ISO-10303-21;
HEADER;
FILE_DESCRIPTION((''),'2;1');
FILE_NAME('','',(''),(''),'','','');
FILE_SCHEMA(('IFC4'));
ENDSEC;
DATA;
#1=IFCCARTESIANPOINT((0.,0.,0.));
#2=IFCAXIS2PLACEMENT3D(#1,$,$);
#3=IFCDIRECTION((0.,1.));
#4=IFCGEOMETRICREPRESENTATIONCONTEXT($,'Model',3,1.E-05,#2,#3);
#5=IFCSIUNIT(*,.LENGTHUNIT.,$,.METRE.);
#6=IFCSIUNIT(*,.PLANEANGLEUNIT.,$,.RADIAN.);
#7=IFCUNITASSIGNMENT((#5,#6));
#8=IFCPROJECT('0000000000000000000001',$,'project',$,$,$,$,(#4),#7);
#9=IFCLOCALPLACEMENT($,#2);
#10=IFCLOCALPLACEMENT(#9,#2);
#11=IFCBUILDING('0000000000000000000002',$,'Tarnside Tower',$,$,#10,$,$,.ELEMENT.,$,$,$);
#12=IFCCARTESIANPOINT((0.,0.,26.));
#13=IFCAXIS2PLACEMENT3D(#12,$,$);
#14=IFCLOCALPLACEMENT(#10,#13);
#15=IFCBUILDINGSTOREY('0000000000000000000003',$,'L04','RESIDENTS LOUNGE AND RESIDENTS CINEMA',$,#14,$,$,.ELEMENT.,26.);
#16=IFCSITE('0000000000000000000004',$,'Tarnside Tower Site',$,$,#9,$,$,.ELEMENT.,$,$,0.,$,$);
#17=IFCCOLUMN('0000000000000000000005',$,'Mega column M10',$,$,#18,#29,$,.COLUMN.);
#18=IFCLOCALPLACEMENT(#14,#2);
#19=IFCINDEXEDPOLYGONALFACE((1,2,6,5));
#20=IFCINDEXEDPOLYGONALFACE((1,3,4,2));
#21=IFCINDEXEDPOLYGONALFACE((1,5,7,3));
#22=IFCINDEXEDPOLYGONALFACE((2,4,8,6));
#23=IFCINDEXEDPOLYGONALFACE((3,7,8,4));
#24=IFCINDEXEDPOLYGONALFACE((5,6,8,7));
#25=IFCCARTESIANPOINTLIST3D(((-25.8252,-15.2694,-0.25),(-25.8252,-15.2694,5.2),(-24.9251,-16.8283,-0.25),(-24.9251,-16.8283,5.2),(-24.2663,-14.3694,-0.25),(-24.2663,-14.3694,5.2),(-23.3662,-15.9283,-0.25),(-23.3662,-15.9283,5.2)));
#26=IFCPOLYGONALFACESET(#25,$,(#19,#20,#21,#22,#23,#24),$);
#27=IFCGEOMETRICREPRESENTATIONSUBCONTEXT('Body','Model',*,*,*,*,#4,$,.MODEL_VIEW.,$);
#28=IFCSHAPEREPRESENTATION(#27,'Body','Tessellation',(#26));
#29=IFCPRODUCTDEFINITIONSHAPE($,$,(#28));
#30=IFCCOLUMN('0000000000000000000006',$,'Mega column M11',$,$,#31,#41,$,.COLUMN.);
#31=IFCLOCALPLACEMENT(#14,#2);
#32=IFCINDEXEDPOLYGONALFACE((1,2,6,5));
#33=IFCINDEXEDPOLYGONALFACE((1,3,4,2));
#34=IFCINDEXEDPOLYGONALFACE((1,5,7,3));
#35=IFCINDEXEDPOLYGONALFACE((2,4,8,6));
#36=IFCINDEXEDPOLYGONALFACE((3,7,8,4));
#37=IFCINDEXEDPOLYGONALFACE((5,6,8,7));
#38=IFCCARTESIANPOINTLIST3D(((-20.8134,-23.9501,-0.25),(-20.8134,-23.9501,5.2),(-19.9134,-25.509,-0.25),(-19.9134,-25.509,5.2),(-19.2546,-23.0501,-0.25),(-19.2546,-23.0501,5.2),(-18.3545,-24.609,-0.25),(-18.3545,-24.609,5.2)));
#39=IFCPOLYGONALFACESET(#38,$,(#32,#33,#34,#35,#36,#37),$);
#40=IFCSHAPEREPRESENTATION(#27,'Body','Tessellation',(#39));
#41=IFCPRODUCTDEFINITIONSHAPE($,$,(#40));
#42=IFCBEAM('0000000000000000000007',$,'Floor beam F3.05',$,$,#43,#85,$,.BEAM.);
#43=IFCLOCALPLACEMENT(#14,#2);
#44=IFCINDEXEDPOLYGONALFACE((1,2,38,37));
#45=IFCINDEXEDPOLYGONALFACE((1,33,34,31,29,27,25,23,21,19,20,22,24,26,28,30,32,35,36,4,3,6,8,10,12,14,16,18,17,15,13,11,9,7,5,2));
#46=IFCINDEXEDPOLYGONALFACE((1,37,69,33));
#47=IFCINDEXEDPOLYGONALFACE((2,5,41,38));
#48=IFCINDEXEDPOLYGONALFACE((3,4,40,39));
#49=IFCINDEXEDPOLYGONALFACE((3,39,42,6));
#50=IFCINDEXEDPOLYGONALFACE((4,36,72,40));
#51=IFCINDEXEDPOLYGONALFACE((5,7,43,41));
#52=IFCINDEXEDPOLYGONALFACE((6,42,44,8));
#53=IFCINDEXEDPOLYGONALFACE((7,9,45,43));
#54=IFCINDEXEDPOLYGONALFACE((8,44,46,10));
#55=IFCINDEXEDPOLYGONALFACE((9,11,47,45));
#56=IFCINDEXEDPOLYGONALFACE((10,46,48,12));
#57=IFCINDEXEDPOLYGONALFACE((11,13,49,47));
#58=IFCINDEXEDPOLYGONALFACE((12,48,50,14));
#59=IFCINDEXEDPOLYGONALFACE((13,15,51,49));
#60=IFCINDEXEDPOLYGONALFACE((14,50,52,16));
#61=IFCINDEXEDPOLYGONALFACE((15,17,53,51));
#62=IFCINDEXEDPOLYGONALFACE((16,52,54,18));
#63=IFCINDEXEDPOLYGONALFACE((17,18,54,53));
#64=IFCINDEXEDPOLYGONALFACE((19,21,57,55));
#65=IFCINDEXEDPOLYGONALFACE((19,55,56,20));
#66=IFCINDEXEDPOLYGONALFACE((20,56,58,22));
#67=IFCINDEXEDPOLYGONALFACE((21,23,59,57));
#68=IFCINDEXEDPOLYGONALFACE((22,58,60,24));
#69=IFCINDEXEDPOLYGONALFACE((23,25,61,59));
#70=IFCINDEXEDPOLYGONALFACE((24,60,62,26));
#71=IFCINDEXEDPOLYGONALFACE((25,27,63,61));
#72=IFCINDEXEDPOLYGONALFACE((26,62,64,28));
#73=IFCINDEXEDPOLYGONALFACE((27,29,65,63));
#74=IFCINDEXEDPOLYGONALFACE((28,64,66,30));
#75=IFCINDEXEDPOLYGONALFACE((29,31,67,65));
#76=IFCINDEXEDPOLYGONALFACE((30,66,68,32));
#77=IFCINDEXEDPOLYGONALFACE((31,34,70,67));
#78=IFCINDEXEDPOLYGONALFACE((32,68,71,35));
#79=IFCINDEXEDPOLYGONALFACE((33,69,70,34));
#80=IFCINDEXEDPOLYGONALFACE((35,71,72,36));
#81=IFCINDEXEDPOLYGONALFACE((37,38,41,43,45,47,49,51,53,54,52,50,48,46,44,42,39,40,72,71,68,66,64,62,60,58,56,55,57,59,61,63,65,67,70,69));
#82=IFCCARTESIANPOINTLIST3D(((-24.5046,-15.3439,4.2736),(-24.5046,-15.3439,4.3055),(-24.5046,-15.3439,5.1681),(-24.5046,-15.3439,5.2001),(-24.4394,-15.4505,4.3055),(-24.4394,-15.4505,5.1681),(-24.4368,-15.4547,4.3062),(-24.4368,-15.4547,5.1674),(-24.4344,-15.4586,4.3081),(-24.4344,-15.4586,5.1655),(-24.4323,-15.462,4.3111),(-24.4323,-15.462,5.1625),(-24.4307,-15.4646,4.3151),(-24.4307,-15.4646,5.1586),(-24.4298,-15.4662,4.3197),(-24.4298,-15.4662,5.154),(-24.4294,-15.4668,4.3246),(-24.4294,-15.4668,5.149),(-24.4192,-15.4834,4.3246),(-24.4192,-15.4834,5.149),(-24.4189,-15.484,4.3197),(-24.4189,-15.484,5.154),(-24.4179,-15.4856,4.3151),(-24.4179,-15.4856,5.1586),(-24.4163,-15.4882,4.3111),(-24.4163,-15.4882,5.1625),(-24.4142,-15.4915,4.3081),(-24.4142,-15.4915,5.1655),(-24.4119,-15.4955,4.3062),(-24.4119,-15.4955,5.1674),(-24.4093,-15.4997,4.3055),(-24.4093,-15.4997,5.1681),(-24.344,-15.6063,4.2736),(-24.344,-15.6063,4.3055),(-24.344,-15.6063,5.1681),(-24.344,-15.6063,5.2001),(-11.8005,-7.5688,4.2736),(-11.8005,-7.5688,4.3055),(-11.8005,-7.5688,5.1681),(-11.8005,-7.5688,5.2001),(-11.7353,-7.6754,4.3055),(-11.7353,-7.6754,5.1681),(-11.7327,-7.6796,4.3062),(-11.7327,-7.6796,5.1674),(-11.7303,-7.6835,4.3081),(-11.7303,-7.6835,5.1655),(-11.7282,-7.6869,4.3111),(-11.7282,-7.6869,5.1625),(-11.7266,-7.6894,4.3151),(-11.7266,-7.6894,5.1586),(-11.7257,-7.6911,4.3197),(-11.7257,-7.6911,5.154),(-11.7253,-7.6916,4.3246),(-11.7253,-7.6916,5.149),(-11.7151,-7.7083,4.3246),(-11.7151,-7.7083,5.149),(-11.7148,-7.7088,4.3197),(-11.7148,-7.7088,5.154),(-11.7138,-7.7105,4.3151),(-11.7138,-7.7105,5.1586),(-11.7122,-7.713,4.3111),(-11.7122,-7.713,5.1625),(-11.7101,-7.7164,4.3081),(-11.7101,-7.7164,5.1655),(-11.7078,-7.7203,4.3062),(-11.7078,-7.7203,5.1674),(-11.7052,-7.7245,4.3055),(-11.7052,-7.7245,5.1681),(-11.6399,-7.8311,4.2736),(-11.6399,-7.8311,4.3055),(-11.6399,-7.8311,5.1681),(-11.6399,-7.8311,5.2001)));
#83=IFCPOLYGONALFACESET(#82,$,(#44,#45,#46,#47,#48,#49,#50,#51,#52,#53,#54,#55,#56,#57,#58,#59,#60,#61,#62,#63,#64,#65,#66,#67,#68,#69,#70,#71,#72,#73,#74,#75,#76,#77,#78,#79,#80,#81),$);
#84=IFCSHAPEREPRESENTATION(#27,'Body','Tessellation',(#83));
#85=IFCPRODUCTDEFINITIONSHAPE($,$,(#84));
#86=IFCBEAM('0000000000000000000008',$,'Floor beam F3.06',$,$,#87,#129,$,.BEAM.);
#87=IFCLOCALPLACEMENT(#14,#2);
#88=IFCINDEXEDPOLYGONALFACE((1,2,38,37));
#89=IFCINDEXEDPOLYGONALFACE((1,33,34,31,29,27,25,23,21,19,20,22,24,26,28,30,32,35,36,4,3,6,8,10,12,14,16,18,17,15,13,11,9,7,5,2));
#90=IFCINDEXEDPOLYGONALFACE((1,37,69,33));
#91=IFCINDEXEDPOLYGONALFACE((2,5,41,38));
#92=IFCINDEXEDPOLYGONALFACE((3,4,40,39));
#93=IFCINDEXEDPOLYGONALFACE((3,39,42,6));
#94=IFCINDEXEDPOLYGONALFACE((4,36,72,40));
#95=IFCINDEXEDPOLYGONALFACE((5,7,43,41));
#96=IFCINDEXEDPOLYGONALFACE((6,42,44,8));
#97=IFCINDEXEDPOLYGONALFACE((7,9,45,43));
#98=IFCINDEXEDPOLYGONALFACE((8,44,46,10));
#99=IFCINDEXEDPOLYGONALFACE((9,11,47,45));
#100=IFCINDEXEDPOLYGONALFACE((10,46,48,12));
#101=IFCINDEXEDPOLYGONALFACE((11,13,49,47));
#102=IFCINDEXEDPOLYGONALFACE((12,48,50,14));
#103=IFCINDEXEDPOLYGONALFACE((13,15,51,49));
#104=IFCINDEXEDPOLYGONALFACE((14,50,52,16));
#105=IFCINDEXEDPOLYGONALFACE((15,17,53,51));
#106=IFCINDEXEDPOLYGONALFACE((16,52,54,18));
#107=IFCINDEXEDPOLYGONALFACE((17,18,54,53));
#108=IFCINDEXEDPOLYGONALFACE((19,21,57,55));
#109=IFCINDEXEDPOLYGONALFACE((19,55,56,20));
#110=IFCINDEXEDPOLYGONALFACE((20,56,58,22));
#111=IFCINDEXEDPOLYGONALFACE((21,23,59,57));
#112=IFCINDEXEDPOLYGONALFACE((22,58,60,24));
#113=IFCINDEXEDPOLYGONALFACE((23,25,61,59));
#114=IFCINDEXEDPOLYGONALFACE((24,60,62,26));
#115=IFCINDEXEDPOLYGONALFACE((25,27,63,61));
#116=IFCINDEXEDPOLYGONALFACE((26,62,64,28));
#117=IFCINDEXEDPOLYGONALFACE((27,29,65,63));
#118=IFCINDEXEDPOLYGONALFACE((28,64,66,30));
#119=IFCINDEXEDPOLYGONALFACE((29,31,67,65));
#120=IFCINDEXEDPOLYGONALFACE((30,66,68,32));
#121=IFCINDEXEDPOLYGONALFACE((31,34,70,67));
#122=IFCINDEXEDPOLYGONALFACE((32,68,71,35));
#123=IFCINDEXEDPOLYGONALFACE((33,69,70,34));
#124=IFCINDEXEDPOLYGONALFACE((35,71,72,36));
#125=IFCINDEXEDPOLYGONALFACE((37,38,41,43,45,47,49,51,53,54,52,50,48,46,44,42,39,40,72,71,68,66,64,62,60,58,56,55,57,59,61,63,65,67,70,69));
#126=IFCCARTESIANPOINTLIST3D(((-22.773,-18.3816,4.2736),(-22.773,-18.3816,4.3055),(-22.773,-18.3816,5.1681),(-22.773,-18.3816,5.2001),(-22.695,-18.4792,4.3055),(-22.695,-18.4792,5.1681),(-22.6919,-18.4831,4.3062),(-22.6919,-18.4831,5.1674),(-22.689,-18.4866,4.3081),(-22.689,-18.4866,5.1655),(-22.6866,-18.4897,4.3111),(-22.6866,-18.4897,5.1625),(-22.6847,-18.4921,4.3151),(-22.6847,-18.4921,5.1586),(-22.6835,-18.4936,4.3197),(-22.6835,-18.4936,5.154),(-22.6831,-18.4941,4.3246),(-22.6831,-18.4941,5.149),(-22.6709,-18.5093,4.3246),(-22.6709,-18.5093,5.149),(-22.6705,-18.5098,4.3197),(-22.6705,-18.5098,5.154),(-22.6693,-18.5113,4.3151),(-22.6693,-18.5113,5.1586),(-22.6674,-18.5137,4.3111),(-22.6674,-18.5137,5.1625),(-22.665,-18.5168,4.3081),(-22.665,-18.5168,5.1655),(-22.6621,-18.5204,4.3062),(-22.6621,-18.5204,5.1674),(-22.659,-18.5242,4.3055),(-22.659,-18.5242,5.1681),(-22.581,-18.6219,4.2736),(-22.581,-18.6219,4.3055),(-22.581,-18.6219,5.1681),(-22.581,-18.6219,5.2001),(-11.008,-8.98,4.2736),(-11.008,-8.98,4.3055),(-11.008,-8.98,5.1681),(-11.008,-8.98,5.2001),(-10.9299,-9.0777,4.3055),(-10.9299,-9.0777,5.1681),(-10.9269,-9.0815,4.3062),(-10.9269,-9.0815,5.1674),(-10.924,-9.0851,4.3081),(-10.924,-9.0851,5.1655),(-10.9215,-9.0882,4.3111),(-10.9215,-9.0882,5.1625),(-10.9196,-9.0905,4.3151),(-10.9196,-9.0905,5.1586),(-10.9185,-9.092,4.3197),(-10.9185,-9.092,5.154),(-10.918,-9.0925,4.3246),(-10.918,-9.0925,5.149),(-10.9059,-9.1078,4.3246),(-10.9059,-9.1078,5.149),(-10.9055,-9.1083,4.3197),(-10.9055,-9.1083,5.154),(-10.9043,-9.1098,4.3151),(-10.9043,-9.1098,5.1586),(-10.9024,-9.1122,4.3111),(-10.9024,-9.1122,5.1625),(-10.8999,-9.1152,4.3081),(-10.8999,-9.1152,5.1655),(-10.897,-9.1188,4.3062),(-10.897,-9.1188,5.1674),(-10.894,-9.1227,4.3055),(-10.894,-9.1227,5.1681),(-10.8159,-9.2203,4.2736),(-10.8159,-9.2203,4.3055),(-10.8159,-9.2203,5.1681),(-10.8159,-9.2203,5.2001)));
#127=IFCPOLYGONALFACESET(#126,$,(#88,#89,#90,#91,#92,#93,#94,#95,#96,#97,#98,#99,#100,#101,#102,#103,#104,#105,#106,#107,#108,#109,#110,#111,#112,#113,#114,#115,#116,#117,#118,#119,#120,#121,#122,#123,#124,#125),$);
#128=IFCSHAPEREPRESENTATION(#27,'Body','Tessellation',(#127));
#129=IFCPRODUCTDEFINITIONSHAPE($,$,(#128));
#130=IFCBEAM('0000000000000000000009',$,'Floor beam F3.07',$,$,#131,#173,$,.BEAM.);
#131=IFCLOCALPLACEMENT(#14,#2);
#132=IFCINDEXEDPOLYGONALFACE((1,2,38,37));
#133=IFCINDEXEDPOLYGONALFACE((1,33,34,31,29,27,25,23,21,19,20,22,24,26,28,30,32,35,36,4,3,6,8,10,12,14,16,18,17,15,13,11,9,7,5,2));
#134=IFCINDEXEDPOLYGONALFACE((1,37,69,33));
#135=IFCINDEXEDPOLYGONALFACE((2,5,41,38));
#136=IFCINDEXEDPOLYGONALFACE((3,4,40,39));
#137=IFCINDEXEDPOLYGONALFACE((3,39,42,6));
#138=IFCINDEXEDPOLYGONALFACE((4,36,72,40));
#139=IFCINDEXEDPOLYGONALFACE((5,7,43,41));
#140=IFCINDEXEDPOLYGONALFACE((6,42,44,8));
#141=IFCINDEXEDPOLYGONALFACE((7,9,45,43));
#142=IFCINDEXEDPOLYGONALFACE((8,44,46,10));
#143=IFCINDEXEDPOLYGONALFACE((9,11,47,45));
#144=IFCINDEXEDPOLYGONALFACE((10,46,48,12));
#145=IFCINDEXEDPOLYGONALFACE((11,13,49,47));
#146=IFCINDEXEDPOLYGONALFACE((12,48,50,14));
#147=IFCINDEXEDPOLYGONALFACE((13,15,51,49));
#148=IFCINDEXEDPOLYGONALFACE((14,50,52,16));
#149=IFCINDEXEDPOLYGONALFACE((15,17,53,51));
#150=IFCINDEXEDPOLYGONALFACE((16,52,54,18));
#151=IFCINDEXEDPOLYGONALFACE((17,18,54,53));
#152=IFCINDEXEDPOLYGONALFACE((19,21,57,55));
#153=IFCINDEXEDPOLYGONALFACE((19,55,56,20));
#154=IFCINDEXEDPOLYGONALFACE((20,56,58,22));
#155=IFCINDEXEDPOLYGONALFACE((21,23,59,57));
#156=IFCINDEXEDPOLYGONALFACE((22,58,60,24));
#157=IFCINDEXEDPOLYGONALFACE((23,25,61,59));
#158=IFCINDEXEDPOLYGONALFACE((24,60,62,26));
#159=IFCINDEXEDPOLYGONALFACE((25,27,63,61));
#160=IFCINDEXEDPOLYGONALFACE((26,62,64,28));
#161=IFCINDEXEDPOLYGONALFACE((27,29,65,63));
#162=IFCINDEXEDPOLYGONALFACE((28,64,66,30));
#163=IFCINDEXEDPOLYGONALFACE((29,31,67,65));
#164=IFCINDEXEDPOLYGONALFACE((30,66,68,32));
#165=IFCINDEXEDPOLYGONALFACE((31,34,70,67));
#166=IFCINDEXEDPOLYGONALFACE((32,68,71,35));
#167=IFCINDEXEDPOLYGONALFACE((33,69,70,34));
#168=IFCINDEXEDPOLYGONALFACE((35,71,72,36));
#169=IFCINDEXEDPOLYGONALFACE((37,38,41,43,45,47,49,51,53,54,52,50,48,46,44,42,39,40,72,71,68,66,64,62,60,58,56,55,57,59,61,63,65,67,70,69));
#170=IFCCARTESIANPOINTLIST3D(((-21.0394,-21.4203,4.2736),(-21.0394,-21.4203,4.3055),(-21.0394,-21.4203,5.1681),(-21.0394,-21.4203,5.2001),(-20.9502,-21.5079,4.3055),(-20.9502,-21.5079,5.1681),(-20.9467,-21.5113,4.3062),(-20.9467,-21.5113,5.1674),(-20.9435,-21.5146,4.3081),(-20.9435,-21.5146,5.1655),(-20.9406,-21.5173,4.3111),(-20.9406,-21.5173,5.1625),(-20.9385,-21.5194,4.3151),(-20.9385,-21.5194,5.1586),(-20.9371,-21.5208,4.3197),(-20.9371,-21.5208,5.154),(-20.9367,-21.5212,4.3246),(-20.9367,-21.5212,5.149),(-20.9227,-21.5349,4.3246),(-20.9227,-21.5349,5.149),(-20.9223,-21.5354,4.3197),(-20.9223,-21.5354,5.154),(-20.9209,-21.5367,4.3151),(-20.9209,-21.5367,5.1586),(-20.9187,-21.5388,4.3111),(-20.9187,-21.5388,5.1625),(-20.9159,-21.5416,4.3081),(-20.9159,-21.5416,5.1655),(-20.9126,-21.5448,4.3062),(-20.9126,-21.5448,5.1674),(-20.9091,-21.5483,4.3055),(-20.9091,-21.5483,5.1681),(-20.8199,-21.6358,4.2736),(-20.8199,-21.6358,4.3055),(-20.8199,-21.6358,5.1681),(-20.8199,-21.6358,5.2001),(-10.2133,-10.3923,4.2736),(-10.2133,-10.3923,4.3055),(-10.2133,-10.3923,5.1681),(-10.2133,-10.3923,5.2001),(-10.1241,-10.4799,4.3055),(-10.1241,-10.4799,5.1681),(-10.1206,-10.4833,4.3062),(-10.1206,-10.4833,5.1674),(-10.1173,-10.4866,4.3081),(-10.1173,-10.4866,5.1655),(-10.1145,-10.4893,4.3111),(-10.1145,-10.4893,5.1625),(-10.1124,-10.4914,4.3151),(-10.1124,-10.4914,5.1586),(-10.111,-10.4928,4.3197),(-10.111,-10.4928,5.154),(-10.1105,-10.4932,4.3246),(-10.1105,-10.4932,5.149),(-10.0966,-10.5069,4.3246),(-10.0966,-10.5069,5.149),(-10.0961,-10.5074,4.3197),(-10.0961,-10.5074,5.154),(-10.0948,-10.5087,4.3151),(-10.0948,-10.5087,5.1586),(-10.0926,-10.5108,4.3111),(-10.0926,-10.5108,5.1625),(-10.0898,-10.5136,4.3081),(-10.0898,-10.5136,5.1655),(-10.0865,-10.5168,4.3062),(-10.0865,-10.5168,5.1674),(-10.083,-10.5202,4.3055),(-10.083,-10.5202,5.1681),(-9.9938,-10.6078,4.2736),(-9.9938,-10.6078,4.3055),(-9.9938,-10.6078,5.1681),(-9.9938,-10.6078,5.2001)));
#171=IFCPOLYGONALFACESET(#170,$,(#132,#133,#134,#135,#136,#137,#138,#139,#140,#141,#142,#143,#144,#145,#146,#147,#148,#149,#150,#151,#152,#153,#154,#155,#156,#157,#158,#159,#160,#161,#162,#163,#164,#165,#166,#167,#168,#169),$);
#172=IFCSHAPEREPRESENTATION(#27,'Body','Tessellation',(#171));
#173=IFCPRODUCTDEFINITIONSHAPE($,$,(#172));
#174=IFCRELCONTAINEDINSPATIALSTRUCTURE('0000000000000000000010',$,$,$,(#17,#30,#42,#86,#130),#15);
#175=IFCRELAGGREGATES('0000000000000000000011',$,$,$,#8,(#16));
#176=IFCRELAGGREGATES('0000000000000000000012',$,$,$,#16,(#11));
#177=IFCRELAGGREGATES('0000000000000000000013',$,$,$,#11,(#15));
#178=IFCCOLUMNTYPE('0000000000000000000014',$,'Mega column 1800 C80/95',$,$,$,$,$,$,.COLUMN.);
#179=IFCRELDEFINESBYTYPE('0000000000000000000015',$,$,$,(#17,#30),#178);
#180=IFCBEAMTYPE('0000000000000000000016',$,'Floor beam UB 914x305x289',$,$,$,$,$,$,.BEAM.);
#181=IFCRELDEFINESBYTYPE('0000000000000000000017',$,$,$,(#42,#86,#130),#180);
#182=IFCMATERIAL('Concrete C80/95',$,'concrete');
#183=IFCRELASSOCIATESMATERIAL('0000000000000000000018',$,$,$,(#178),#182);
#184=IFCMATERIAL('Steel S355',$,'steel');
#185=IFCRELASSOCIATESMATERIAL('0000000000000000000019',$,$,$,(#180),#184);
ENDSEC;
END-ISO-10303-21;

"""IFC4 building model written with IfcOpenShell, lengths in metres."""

from ifc_helpers import new_model, si_unit, direction, frame, origin, origin_2d, place, context, subcontext, project, spatial, rectangle, i_section, extrude, material, material_profile, profile_set, type_object, element, save


model = new_model("IFC4")

# Units and contexts
model_context = context("Model", 3, precision=1e-05, world=origin(), true_north=direction((0.0, 1.0)))
body_context = subcontext(model_context, "Body", "Model", "MODEL_VIEW")
ifc_project = project(units=[si_unit("LENGTHUNIT", "METRE"), si_unit("PLANEANGLEUNIT", "RADIAN")], contexts=[model_context])

# Site, building, storey
site_placement = place(None, origin())
site = spatial("IfcSite", under=ifc_project, at=site_placement, Name="Tarnside Tower Site", CompositionType="ELEMENT", RefElevation=0.0)
building_placement = place(site_placement, origin())
building = spatial("IfcBuilding", under=site, at=building_placement, Name="Tarnside Tower", CompositionType="ELEMENT")
storey_placement = place(building_placement, frame((0.0, 0.0, 26.0)))
storey = spatial("IfcBuildingStorey", under=building, at=storey_placement, Name="L04", Description="RESIDENTS LOUNGE AND RESIDENTS CINEMA", CompositionType="ELEMENT", Elevation=26.0)

# Columns
ifc_material_1 = material(Name="Concrete C80/95", Category="concrete")
ifc_material_profile_1 = material_profile(ifc_material_1, rectangle(XDim=1.8, YDim=1.8, at=origin_2d()), Name="Mega column 1800x1800")
ifc_profile_set_1 = profile_set([ifc_material_profile_1], Name="Concrete C80/95")
column_type = type_object("IfcColumnType", Name="Mega column 1800 C80/95", PredefinedType="COLUMN", material=ifc_profile_set_1)
for number, where, z_axis, x_axis, name in (
    (1, (-24.5957, -15.5989, -0.25), (0.0, 0.0, 1.0), (-0.5, 0.866025, 0.0), "Mega column M10"),
    (2, (-19.584, -24.2795, -0.25), (0.0, 0.0, 1.0), (-0.5, 0.866025, 0.0), "Mega column M11"),
):
    element("IfcColumn", number, at=place(storey_placement, frame(where, z_axis=z_axis, x_axis=x_axis)), inside=storey, type_object=column_type, Name=name, PredefinedType="COLUMN", context=body_context, shape_type="SweptSolid", body=[
        extrude(rectangle(XDim=1.8, YDim=1.8, at=origin_2d()), origin(), (0.0, 0.0, 1.0), 5.45),
    ])

# Beams
ifc_material_2 = material(Name="Steel S355", Category="steel")
ifc_material_profile_2 = material_profile(ifc_material_2, i_section(OverallWidth=0.3076, OverallDepth=0.9265, WebThickness=0.0195, FlangeThickness=0.032, FilletRadius=0.019, at=origin_2d()), Name="UB 914x305x289")
ifc_profile_set_2 = profile_set([ifc_material_profile_2], Name="Steel S355")
beam_type_1 = type_object("IfcBeamType", Name="Floor beam UB 914x305x289", PredefinedType="BEAM", material=ifc_profile_set_2)
beam_1_placement = place(storey_placement, frame((-24.4243, -15.4751, 4.7368), z_axis=(0.852937, 0.522013, 0.0), x_axis=(-0.522013, 0.852937, 0.0)))
element("IfcBeam", 3, at=beam_1_placement, inside=storey, type_object=beam_type_1, Name="Floor beam F3.05", PredefinedType="BEAM", context=body_context, shape_type="SweptSolid", body=[
    extrude(i_section(OverallWidth=0.3076, OverallDepth=0.9265, WebThickness=0.0195, FlangeThickness=0.032, FilletRadius=0.019, at=origin_2d()), origin(), (0.0, 0.0, 1.0), 14.8945),
])
beam_2_placement = place(storey_placement, frame((-22.677, -18.5017, 4.7368), z_axis=(0.781209, 0.62427, 0.0), x_axis=(-0.62427, 0.781209, 0.0)))
element("IfcBeam", 4, at=beam_2_placement, inside=storey, type_object=beam_type_1, Name="Floor beam F3.06", PredefinedType="BEAM", context=body_context, shape_type="SweptSolid", body=[
    extrude(i_section(OverallWidth=0.3076, OverallDepth=0.9265, WebThickness=0.0195, FlangeThickness=0.032, FilletRadius=0.019, at=origin_2d()), origin(), (0.0, 0.0, 1.0), 15.0601),
])
beam_3_placement = place(storey_placement, frame((-20.9297, -21.5281, 4.7368), z_axis=(0.700544, 0.713609, 0.0), x_axis=(-0.713609, 0.700544, 0.0)))
element("IfcBeam", 5, at=beam_3_placement, inside=storey, type_object=beam_type_1, Name="Floor beam F3.07", PredefinedType="BEAM", context=body_context, shape_type="SweptSolid", body=[
    extrude(i_section(OverallWidth=0.3076, OverallDepth=0.9265, WebThickness=0.0195, FlangeThickness=0.032, FilletRadius=0.019, at=origin_2d()), origin(), (0.0, 0.0, 1.0), 15.4539),
])

save(model, "model.ifc")
